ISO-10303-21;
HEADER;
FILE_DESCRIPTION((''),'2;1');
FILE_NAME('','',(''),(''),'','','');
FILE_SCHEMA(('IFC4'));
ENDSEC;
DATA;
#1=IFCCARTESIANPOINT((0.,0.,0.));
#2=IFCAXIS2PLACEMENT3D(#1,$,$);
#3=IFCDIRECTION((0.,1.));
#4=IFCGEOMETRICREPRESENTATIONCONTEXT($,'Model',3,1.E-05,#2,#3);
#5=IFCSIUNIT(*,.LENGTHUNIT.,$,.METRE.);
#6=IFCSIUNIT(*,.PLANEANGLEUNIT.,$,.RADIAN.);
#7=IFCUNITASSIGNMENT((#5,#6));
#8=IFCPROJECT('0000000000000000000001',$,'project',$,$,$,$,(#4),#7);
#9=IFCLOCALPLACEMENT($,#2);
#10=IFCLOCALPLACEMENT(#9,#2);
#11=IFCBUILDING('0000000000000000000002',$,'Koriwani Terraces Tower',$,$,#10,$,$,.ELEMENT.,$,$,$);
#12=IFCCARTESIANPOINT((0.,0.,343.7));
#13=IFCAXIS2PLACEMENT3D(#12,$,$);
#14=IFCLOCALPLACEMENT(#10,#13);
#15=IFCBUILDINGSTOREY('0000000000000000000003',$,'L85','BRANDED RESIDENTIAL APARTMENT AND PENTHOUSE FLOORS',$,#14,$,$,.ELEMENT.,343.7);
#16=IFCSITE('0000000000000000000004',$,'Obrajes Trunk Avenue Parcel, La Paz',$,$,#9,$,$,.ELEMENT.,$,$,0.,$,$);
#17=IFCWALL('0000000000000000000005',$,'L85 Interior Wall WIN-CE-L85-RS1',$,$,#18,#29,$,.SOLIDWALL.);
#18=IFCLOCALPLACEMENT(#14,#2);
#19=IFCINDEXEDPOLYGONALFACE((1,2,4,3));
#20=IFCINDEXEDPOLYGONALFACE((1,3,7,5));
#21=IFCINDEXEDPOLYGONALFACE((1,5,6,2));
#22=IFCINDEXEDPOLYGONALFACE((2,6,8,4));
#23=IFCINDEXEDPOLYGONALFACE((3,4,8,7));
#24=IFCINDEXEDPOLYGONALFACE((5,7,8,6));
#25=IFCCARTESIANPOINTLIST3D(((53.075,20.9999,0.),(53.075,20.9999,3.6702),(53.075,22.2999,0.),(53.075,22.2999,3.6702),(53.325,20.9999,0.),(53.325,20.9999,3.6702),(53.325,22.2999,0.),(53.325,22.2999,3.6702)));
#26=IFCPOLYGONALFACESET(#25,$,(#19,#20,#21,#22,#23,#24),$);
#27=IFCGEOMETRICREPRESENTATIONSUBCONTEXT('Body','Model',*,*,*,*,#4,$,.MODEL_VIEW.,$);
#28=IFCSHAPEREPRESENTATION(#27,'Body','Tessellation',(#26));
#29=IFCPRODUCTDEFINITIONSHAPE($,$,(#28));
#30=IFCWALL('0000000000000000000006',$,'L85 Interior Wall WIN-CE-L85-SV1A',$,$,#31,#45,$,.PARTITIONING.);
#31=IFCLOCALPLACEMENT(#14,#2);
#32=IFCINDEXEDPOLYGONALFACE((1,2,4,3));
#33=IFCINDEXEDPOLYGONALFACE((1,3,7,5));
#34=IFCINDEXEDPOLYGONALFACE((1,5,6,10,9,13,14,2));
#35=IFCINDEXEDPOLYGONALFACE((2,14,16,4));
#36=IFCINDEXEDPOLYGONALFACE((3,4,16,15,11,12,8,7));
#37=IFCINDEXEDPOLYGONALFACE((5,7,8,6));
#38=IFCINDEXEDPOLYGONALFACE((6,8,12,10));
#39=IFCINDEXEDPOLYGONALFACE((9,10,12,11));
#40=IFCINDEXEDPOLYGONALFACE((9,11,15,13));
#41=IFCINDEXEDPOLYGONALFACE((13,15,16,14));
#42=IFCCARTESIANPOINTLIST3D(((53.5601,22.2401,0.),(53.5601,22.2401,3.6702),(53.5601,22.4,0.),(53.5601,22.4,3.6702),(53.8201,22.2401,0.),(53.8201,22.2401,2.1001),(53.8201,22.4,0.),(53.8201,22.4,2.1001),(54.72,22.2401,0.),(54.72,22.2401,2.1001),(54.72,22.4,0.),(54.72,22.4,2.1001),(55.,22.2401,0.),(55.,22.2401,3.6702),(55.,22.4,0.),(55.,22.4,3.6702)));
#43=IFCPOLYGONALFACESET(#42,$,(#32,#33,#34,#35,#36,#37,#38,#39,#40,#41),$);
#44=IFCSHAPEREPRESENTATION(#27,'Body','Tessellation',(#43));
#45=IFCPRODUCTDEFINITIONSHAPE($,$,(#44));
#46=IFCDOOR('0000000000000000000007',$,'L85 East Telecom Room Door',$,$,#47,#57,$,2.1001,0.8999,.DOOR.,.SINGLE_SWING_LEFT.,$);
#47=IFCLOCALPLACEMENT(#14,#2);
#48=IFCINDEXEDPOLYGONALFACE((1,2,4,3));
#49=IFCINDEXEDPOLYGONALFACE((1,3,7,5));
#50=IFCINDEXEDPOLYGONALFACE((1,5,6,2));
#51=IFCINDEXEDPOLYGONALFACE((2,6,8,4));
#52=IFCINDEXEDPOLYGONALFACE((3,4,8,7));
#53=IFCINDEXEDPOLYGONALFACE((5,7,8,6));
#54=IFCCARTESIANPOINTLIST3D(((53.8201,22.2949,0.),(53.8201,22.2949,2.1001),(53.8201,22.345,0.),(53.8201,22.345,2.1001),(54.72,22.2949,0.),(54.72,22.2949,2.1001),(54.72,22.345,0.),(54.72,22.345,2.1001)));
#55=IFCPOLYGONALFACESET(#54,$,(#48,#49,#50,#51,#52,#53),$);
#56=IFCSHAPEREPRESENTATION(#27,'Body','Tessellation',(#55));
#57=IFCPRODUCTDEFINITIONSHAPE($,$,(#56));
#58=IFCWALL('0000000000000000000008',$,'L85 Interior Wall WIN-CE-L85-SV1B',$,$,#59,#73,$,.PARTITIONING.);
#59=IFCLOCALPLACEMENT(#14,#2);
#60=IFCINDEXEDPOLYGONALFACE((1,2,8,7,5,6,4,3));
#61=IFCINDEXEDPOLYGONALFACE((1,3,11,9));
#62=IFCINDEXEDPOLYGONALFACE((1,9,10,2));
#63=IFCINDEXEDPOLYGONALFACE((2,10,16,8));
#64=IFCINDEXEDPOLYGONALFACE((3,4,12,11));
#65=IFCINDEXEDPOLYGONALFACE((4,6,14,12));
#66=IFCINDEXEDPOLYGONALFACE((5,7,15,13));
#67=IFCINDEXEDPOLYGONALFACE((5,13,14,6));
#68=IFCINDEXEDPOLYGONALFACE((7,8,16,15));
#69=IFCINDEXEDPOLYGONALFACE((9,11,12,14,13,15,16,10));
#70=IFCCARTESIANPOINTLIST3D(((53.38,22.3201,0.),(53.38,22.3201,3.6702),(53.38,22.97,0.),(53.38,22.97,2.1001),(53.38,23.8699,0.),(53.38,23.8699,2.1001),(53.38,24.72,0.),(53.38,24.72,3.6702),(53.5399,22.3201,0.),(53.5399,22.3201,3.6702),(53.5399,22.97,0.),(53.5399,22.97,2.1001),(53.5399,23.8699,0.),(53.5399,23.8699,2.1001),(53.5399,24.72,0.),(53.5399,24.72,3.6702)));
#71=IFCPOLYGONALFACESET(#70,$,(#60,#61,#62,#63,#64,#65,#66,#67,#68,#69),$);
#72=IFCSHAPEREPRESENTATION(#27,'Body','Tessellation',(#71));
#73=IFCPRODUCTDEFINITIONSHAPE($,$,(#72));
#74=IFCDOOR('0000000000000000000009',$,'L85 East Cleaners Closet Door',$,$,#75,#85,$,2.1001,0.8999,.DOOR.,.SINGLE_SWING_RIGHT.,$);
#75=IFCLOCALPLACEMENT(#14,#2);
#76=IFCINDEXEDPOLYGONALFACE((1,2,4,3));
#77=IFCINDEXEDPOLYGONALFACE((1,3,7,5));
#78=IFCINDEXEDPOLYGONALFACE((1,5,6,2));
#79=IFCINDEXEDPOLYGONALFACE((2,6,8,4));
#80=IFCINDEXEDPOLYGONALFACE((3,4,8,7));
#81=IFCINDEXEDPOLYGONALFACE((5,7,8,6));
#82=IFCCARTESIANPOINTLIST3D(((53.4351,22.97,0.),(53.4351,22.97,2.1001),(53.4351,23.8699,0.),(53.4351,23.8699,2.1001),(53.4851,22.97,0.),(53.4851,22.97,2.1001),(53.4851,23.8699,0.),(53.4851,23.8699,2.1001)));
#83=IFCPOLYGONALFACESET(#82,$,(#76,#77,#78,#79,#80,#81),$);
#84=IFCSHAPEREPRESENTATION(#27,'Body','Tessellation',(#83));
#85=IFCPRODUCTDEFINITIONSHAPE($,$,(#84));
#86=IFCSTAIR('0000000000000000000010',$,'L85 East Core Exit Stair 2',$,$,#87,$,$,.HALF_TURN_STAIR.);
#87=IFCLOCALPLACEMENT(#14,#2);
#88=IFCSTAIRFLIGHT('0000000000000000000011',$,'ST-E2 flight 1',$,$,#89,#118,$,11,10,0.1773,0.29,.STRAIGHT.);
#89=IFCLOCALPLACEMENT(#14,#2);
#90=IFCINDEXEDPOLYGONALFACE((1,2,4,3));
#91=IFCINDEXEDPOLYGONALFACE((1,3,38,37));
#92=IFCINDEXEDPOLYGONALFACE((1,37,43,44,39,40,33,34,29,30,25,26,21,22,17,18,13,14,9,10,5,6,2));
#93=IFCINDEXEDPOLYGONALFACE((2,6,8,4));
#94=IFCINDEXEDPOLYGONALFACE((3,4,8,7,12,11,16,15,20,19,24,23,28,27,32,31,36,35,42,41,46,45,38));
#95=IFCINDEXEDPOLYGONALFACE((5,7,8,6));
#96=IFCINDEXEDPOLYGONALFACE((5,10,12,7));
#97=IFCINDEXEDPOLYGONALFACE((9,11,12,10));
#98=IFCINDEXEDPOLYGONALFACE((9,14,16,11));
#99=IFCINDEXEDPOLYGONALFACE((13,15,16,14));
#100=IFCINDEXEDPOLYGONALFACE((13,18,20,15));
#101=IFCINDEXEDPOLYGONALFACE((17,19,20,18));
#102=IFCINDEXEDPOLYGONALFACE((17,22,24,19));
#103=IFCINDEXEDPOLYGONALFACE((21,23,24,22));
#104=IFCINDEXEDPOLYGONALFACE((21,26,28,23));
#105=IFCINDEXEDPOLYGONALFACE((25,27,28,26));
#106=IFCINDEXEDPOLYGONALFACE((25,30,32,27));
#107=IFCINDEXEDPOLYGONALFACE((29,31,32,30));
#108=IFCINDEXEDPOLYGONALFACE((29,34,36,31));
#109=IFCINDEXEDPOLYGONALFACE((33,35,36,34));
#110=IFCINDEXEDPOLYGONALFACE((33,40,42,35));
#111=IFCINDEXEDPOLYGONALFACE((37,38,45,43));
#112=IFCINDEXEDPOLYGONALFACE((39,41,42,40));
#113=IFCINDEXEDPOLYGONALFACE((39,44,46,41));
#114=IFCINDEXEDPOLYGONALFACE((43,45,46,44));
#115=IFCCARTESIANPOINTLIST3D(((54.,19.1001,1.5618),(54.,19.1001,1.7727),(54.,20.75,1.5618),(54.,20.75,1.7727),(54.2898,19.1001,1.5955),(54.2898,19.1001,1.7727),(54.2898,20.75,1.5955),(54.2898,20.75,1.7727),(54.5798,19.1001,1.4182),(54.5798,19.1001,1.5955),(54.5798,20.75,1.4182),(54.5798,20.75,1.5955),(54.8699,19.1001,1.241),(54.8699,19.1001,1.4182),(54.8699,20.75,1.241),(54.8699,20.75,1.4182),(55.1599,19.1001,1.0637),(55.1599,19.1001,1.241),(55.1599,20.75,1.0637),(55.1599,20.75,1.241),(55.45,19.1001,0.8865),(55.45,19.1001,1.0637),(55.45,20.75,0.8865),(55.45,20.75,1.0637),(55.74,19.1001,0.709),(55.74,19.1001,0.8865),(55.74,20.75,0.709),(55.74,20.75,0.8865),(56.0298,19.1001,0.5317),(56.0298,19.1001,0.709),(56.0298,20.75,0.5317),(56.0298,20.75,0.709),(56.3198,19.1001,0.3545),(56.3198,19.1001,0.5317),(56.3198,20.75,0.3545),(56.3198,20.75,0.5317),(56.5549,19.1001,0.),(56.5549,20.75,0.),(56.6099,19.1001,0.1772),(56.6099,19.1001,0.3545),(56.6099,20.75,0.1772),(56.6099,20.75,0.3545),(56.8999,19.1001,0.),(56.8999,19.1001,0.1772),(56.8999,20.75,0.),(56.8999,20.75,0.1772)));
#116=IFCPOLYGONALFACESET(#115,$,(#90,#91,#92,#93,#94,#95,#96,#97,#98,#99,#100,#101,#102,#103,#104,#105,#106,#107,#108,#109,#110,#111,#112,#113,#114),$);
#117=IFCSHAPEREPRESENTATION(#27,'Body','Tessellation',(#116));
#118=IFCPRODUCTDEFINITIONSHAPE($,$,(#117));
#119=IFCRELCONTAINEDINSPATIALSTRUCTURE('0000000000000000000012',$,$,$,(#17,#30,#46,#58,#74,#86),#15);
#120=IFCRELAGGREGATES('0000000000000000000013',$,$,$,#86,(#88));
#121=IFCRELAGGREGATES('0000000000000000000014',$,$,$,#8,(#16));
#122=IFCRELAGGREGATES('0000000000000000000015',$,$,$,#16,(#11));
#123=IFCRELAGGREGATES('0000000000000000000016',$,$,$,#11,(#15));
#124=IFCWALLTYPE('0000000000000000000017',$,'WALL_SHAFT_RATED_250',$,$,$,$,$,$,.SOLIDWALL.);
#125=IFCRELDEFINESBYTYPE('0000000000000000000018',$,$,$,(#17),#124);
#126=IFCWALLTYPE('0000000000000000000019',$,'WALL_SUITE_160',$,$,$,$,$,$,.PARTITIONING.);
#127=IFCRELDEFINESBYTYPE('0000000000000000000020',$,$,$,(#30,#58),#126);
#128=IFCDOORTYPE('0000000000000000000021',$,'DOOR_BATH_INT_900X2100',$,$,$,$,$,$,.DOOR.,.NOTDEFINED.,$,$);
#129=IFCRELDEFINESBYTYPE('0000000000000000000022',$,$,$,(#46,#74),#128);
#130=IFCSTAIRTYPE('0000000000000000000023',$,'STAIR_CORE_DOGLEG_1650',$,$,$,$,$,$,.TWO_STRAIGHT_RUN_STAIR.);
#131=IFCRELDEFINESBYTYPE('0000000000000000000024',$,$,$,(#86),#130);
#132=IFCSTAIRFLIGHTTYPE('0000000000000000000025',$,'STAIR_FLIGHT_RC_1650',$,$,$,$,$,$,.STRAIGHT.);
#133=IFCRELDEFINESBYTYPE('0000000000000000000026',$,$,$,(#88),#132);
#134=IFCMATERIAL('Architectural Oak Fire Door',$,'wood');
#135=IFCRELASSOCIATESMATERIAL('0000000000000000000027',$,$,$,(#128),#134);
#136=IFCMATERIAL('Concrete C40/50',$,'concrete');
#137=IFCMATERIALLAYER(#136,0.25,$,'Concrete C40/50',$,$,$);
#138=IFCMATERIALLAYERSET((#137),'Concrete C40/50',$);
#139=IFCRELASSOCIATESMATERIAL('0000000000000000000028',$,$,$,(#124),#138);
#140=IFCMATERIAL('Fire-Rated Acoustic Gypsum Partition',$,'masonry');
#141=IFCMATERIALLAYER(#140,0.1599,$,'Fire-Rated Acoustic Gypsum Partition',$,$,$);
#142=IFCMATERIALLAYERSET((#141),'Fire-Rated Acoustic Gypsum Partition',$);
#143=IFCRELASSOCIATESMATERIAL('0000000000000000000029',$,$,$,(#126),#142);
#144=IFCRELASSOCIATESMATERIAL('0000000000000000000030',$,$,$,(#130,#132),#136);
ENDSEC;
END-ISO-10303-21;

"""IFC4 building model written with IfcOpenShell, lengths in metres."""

from ifc_helpers import new_model, si_unit, direction, frame, frame_2d, origin, place, context, subcontext, project, spatial, polyline, rectangle, outline, extrude, material, layer, layer_set, type_object, element, fill, aggregate, save


model = new_model("IFC4")

# Units and contexts
model_context = context("Model", 3, precision=1e-05, world=origin(), true_north=direction((0.0, 1.0)))
body_context = subcontext(model_context, "Body", "Model", "MODEL_VIEW")
ifc_project = project(units=[si_unit("LENGTHUNIT", "METRE"), si_unit("PLANEANGLEUNIT", "RADIAN")], contexts=[model_context])

# Site, building, storey
site_placement = place(None, origin())
site = spatial("IfcSite", under=ifc_project, at=site_placement, Name="Obrajes Trunk Avenue Parcel, La Paz", CompositionType="ELEMENT", RefElevation=0.0)
building_placement = place(site_placement, origin())
building = spatial("IfcBuilding", under=site, at=building_placement, Name="Koriwani Terraces Tower", CompositionType="ELEMENT")
storey_placement = place(building_placement, frame((0.0, 0.0, 343.7)))
storey = spatial("IfcBuildingStorey", under=building, at=storey_placement, Name="L85", Description="BRANDED RESIDENTIAL APARTMENT AND PENTHOUSE FLOORS", CompositionType="ELEMENT", Elevation=343.7)

# Shared definitions
ifc_material_1 = material(Name="Concrete C40/50", Category="concrete")

# Shared definitions
ifc_material_2 = material(Name="Fire-Rated Acoustic Gypsum Partition", Category="masonry")
ifc_material_3 = material(Name="Architectural Oak Fire Door", Category="wood")
door_type_1 = type_object("IfcDoorType", Name="DOOR_BATH_INT_900X2100", OperationType="NOTDEFINED", PredefinedType="DOOR", material=ifc_material_3)

# Shared definitions
ifc_layer_1 = layer(ifc_material_1, 0.25, Name="Concrete C40/50")
ifc_layer_set_1 = layer_set([ifc_layer_1], Name="Concrete C40/50")
wall_type_1 = type_object("IfcWallType", Name="WALL_SHAFT_RATED_250", PredefinedType="SOLIDWALL", material=ifc_layer_set_1)

# Wall
wall_1_placement = place(storey_placement, frame((53.2, 21.0, 0.0), z_axis=(0.0, 0.0, 1.0), x_axis=(0.0, 1.0, 0.0)))
element("IfcWall", 1, at=wall_1_placement, inside=storey, type_object=wall_type_1, Name="L85 Interior Wall WIN-CE-L85-RS1", PredefinedType="SOLIDWALL", context=body_context, shape_type="SweptSolid", body=[
    extrude(rectangle(XDim=1.3, YDim=0.25, at=frame_2d((0.6499, 0.0))), origin(), (0.0, 0.0, 1.0), 3.6702),
])

# Walls, openings, doors
ifc_layer_2 = layer(ifc_material_2, 0.1599, Name="Fire-Rated Acoustic Gypsum Partition")
ifc_layer_set_2 = layer_set([ifc_layer_2], Name="Fire-Rated Acoustic Gypsum Partition")
wall_type_2 = type_object("IfcWallType", Name="WALL_SUITE_160", PredefinedType="PARTITIONING", material=ifc_layer_set_2)
wall_2_placement = place(storey_placement, frame((53.5601, 22.3201, 0.0), z_axis=(0.0, 0.0, 1.0), x_axis=(1.0, 0.0, 0.0)))
wall_2 = element("IfcWall", 2, at=wall_2_placement, inside=storey, type_object=wall_type_2, Name="L85 Interior Wall WIN-CE-L85-SV1A", PredefinedType="PARTITIONING", context=body_context, shape_type="SweptSolid", body=[
    extrude(rectangle(XDim=1.4399, YDim=0.1599, at=frame_2d((0.72, 0.0))), origin(), (0.0, 0.0, 1.0), 3.6702),
])
opening_1_placement = place(wall_2_placement, frame((0.26, 0.0, 0.0)))
opening_1 = element("IfcOpeningElement", 3, at=opening_1_placement, cuts=wall_2, PredefinedType="OPENING", context=body_context, shape_type="SweptSolid", body=[
    extrude(rectangle(XDim=0.8999, YDim=2.1001, at=frame_2d((0.45, 1.05))), frame((0.0, 0.0898, 0.0), z_axis=(0.0, -1.0, 0.0), x_axis=(1.0, 0.0, 0.0)), (0.0, 0.0, 1.0), 0.1799),
])
door_1_placement = place(opening_1_placement, origin())
door_1 = element("IfcDoor", 4, at=door_1_placement, inside=storey, type_object=door_type_1, Name="L85 East Telecom Room Door", OperationType="SINGLE_SWING_LEFT", OverallHeight=2.1001, OverallWidth=0.8999, PredefinedType="DOOR", context=body_context, shape_type="SweptSolid", body=[
    extrude(rectangle(XDim=0.8999, YDim=2.1001, at=frame_2d((0.45, 1.05))), frame((0.0, 0.0249, 0.0), z_axis=(0.0, -1.0, 0.0), x_axis=(1.0, 0.0, 0.0)), (0.0, 0.0, 1.0), 0.05),
])
fill(opening_1, door_1)
wall_3_placement = place(storey_placement, frame((53.46, 22.3201, 0.0), z_axis=(0.0, 0.0, 1.0), x_axis=(0.0, 1.0, 0.0)))
wall_3 = element("IfcWall", 5, at=wall_3_placement, inside=storey, type_object=wall_type_2, Name="L85 Interior Wall WIN-CE-L85-SV1B", PredefinedType="PARTITIONING", context=body_context, shape_type="SweptSolid", body=[
    extrude(rectangle(XDim=2.3999, YDim=0.1599, at=frame_2d((1.2, 0.0))), origin(), (0.0, 0.0, 1.0), 3.6702),
])
opening_2_placement = place(wall_3_placement, frame((0.6499, 0.0, 0.0)))
opening_2 = element("IfcOpeningElement", 6, at=opening_2_placement, cuts=wall_3, PredefinedType="OPENING", context=body_context, shape_type="SweptSolid", body=[
    extrude(rectangle(XDim=0.8999, YDim=2.1001, at=frame_2d((0.45, 1.05))), frame((0.0, 0.0898, 0.0), z_axis=(0.0, -1.0, 0.0), x_axis=(1.0, 0.0, 0.0)), (0.0, 0.0, 1.0), 0.1799),
])
door_2_placement = place(opening_2_placement, origin())
door_2 = element("IfcDoor", 7, at=door_2_placement, inside=storey, type_object=door_type_1, Name="L85 East Cleaners Closet Door", OperationType="SINGLE_SWING_RIGHT", OverallHeight=2.1001, OverallWidth=0.8999, PredefinedType="DOOR", context=body_context, shape_type="SweptSolid", body=[
    extrude(rectangle(XDim=0.8999, YDim=2.1001, at=frame_2d((0.45, 1.05))), frame((0.0, 0.0249, 0.0), z_axis=(0.0, -1.0, 0.0), x_axis=(1.0, 0.0, 0.0)), (0.0, 0.0, 1.0), 0.05),
])
fill(opening_2, door_2)

# Stair, stair flight
stair_type = type_object("IfcStairType", Name="STAIR_CORE_DOGLEG_1650", PredefinedType="TWO_STRAIGHT_RUN_STAIR", material=ifc_material_1)
stair_placement = place(storey_placement, origin())
stair = element("IfcStair", 8, at=stair_placement, inside=storey, type_object=stair_type, Name="L85 East Core Exit Stair 2", PredefinedType="HALF_TURN_STAIR")
stair_flight_type = type_object("IfcStairFlightType", Name="STAIR_FLIGHT_RC_1650", PredefinedType="STRAIGHT", material=ifc_material_1)
stair_flight_placement = place(storey_placement, frame((56.8999, 19.925, 0.0), z_axis=(0.0, 0.0, 1.0), x_axis=(-1.0, 0.0, 0.0)))
stair_flight = element("IfcStairFlight", 9, at=stair_flight_placement, type_object=stair_flight_type, Name="ST-E2 flight 1", NumberOfRisers=11, NumberOfTreads=10, PredefinedType="STRAIGHT", RiserHeight=0.1773, TreadLength=0.29, context=body_context, shape_type="SweptSolid", body=[
    extrude(outline(polyline([(0.0, 0.0), (0.0, 0.1772), (0.29, 0.1772), (0.29, 0.3545), (0.5801, 0.3545), (0.5801, 0.5317), (0.8701, 0.5317), (0.8701, 0.709), (1.1599, 0.709), (1.1599, 0.8865), (1.45, 0.8865), (1.45, 1.0637), (1.74, 1.0637), (1.74, 1.241), (2.03, 1.241), (2.03, 1.4182), (2.3201, 1.4182), (2.3201, 1.5955), (2.6101, 1.5955), (2.6101, 1.7727), (2.8999, 1.7727), (2.8999, 1.95), (2.8999, 1.5618), (0.345, 0.0), (0.0, 0.0)])), frame((0.0, 0.825, 0.0), z_axis=(0.0, -1.0, 0.0), x_axis=(1.0, 0.0, 0.0)), (0.0, 0.0, 1.0), 1.6499),
])
aggregate(stair, [stair_flight])

save(model, "model.ifc")
